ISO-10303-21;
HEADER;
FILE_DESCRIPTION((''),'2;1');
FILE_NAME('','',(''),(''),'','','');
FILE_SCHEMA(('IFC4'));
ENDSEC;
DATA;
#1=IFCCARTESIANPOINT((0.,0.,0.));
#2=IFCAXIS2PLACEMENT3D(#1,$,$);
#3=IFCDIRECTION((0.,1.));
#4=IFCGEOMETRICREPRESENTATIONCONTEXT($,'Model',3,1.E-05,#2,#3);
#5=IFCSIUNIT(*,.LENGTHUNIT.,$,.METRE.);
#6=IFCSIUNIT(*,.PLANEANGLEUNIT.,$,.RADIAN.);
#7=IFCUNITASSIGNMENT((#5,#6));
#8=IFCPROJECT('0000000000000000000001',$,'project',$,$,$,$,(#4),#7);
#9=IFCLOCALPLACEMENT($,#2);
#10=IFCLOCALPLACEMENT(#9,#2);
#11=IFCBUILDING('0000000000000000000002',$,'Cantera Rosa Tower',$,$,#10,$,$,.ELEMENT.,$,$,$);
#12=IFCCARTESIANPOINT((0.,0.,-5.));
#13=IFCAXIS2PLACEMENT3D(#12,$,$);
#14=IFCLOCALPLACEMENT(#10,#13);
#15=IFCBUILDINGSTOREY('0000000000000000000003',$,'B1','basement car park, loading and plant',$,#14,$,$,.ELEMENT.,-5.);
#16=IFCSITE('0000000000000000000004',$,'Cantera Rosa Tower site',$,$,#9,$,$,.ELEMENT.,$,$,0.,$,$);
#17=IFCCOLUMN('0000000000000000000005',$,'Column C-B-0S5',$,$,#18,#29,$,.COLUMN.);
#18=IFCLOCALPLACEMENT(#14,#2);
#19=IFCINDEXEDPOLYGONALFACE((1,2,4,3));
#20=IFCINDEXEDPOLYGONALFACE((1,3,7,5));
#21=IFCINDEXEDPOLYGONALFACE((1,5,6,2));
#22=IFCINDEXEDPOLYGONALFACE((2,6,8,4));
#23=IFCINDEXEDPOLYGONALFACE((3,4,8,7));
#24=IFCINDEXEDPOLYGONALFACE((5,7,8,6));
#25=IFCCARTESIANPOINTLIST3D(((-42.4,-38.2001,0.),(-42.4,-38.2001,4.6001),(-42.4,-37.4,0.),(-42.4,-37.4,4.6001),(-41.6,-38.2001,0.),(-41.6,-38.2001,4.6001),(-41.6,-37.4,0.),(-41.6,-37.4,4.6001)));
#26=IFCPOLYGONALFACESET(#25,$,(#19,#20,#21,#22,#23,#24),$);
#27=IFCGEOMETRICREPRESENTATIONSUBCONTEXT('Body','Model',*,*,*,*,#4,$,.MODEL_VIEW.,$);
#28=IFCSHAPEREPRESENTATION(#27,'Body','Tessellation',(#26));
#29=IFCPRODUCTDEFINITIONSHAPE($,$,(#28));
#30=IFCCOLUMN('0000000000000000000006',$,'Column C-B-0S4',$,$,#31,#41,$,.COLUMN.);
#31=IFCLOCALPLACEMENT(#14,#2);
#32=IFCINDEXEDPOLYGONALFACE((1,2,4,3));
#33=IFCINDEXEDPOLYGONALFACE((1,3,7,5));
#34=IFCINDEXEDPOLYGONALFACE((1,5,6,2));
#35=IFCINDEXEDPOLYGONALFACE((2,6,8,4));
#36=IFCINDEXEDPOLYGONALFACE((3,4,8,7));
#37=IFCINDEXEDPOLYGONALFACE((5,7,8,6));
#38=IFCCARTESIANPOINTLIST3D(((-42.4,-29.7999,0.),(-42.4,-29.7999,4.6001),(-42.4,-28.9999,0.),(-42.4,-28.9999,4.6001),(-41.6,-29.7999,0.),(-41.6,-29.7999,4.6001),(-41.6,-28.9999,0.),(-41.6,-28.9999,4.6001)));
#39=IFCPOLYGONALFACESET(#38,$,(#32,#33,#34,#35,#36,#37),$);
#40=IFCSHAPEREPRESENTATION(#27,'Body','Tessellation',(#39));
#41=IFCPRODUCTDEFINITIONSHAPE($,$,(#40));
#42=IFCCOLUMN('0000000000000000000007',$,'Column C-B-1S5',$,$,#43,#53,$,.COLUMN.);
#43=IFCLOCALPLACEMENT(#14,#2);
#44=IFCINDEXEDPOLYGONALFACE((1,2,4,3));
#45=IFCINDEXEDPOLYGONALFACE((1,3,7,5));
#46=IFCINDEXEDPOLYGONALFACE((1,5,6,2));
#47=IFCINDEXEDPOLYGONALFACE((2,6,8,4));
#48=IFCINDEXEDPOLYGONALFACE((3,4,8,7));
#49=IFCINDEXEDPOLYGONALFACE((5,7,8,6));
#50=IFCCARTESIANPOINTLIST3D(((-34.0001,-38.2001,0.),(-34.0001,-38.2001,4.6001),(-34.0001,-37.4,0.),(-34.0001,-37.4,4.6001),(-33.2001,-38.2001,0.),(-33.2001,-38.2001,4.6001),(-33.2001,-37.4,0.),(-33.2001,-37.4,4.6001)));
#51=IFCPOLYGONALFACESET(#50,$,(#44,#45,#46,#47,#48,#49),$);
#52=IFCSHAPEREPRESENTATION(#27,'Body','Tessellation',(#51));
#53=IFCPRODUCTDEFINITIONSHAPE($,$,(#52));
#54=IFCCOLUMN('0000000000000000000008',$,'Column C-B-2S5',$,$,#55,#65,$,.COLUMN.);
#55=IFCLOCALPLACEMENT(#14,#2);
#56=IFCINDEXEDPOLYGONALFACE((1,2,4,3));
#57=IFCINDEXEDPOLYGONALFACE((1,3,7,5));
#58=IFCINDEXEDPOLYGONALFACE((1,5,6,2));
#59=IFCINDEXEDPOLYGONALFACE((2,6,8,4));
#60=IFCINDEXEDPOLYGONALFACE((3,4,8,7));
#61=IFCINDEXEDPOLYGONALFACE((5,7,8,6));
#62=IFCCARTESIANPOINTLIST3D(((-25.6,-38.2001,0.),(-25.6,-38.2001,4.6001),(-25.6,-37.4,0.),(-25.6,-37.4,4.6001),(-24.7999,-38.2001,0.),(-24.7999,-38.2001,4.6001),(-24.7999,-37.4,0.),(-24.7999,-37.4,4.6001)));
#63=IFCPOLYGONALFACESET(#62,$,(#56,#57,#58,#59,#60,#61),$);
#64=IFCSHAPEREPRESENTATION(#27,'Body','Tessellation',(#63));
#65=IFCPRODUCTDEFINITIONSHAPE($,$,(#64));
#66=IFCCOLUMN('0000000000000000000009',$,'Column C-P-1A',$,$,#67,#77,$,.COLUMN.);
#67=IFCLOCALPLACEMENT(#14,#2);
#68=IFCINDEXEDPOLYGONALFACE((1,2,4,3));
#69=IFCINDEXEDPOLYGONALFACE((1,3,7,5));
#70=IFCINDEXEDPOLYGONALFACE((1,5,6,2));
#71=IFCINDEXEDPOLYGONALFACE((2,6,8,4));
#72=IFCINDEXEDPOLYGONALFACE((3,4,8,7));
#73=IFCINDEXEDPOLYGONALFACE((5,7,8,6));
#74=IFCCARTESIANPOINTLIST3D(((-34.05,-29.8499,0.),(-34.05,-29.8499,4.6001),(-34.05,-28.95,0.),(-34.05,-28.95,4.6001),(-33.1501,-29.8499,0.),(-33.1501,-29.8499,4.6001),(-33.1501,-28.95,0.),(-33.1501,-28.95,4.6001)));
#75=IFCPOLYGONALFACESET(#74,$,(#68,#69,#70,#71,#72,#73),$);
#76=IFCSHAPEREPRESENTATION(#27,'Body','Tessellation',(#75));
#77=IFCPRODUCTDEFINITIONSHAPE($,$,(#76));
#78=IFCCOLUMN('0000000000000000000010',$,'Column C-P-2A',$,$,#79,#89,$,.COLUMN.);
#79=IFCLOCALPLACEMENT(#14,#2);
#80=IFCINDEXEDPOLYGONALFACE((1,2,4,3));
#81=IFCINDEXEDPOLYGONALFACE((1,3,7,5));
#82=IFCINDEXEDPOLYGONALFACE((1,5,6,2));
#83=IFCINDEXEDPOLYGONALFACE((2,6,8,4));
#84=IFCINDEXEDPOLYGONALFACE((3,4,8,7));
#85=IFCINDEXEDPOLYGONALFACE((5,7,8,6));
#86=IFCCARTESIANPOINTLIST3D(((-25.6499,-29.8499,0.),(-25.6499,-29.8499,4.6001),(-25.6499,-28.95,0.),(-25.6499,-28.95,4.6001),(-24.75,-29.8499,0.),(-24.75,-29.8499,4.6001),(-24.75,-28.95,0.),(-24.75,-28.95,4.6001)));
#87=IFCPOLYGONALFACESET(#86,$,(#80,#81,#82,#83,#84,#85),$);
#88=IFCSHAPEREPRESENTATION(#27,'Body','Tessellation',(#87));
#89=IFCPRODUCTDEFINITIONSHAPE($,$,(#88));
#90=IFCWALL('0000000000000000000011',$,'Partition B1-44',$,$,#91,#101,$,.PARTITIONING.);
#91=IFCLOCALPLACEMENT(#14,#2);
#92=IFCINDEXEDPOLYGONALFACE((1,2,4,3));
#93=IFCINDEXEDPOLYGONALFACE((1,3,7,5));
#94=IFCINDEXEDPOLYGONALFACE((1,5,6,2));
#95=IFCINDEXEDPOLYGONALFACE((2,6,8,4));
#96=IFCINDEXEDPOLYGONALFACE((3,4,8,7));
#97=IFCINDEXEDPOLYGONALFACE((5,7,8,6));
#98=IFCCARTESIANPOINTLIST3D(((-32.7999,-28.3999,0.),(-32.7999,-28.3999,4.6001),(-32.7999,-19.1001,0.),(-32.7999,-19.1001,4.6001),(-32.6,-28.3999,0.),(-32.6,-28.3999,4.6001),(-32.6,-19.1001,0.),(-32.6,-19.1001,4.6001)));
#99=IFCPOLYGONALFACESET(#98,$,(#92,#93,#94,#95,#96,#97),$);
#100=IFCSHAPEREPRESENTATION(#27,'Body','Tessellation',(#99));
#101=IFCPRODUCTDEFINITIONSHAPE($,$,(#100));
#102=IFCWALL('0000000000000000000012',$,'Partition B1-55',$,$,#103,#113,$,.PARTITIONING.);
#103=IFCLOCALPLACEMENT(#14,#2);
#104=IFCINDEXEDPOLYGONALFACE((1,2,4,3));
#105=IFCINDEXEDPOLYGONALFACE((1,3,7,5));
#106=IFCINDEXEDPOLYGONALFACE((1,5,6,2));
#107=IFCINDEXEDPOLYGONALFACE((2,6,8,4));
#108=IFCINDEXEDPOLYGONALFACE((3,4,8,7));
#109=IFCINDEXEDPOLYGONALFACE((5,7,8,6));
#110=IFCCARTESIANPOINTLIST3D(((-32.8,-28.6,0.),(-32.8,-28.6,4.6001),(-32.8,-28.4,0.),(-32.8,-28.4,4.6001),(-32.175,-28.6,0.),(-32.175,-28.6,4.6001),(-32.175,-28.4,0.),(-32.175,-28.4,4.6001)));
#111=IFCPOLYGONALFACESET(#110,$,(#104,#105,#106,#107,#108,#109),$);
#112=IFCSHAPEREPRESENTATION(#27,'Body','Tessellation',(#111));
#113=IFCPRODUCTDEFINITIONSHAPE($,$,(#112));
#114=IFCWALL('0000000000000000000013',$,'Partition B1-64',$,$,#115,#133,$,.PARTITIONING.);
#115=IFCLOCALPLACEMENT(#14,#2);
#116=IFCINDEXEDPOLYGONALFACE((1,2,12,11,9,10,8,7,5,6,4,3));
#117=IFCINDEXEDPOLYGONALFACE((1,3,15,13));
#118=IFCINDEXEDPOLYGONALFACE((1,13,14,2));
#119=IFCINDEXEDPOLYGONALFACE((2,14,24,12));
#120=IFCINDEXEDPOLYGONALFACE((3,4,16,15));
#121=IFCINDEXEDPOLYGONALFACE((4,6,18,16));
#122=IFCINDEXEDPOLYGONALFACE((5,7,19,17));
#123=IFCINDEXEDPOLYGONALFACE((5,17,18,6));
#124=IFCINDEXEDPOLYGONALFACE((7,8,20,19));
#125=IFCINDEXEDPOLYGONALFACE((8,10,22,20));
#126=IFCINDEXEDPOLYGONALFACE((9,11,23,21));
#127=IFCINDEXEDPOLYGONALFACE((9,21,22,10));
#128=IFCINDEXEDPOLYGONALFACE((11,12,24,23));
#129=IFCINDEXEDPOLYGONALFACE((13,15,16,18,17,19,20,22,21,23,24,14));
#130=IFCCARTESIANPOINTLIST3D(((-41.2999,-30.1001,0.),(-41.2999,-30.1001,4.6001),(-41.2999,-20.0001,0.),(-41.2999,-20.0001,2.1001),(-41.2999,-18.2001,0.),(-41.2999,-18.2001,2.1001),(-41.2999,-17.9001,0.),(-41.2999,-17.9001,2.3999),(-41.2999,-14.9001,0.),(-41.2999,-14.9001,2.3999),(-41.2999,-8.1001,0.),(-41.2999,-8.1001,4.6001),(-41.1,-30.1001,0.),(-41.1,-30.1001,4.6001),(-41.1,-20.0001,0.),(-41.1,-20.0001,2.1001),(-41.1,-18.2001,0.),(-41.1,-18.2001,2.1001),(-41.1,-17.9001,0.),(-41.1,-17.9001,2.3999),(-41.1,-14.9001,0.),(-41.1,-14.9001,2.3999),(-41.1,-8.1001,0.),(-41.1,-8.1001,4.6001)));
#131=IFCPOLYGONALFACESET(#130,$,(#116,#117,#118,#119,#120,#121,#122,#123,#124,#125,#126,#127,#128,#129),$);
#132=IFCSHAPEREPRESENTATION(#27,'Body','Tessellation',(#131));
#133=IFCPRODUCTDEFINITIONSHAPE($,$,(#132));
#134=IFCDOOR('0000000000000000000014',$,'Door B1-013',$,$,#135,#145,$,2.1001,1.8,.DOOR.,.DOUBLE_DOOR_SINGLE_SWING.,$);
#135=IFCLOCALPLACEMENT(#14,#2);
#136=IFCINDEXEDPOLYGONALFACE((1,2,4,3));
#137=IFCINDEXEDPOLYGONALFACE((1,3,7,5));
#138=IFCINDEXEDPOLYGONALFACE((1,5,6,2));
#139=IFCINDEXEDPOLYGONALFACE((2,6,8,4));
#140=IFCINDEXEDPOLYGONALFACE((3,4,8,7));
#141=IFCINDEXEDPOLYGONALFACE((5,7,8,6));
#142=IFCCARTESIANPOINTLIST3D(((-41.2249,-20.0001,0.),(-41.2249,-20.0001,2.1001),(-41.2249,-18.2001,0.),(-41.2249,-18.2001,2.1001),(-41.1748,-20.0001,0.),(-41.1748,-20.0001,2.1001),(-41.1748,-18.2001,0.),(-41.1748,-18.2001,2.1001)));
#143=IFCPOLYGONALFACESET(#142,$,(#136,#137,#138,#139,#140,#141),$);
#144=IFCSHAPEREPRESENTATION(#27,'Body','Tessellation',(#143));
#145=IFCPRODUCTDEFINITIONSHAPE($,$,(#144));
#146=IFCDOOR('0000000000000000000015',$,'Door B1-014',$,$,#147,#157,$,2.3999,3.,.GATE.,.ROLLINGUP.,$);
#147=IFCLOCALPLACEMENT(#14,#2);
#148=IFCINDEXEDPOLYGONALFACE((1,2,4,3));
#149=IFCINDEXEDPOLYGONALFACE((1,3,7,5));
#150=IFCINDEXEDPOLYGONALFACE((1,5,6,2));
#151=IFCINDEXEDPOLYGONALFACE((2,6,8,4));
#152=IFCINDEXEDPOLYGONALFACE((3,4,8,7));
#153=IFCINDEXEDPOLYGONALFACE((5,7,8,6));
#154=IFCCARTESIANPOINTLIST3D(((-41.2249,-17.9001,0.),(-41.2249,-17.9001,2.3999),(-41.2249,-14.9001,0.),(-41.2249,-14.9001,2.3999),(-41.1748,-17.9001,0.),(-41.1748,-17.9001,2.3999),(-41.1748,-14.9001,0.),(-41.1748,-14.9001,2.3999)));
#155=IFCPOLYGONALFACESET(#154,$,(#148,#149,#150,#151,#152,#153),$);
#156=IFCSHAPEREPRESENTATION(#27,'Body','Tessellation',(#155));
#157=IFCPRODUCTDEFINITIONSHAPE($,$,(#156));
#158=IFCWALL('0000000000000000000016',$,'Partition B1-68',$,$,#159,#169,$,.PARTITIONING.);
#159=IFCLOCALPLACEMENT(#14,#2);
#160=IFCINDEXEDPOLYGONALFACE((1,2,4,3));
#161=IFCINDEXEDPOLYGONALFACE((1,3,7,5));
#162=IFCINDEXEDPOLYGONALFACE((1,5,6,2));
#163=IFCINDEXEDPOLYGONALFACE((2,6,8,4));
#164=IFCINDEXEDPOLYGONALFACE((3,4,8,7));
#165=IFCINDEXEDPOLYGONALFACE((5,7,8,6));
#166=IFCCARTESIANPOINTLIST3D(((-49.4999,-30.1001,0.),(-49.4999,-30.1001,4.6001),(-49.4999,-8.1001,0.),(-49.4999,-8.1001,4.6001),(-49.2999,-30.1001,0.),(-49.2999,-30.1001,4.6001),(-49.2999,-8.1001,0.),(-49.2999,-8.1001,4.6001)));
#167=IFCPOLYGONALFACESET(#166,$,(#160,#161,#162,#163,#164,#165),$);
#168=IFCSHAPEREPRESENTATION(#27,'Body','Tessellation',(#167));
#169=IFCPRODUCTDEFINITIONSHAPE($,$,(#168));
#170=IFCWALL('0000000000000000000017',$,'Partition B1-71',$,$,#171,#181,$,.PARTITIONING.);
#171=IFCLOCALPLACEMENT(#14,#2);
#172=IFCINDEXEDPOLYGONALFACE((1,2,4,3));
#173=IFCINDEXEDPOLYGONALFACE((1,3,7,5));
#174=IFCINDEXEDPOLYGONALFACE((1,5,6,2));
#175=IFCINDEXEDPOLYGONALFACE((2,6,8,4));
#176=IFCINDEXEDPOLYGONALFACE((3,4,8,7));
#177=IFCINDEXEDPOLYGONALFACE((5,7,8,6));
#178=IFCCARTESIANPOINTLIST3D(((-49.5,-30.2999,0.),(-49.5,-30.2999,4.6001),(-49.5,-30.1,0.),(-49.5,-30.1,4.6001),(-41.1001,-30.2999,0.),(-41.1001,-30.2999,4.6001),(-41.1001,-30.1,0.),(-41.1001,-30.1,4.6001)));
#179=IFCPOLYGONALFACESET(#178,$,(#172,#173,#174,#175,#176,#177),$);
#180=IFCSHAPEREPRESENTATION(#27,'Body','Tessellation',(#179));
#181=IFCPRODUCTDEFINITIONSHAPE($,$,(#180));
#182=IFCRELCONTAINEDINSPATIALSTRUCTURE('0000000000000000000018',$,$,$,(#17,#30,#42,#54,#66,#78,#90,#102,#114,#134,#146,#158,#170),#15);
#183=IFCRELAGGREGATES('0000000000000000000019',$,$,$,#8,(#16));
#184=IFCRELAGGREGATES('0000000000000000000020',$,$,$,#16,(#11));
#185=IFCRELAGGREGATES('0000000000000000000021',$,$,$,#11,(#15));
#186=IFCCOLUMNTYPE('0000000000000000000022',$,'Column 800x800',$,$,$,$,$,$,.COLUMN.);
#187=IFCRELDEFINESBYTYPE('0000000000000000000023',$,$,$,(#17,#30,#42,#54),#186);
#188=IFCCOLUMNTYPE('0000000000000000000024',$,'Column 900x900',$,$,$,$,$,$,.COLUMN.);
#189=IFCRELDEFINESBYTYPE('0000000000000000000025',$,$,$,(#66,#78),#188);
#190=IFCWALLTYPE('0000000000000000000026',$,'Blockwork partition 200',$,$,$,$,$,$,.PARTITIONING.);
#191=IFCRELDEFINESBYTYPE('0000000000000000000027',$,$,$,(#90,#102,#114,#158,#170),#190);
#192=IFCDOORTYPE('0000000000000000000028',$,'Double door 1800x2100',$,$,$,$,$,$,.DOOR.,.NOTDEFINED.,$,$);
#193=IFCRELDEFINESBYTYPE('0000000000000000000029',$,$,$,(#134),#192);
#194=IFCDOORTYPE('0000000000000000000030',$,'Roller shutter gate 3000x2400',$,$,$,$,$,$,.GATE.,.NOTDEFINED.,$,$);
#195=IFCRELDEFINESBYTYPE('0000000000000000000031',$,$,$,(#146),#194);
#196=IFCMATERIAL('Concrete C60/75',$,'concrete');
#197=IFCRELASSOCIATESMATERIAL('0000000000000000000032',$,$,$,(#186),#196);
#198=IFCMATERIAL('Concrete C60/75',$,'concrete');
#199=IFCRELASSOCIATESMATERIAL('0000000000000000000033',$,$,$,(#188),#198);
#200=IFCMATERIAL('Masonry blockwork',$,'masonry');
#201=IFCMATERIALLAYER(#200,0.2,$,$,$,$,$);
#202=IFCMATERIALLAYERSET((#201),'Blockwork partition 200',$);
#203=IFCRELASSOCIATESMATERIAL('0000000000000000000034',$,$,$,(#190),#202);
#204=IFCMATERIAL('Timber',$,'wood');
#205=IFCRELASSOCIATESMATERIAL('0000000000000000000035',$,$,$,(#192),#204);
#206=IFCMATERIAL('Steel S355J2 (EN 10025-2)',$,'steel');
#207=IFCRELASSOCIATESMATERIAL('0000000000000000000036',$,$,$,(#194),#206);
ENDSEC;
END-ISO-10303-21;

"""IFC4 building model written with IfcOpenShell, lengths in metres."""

from ifc_helpers import new_model, si_unit, direction, frame, frame_2d, origin, origin_2d, place, context, subcontext, project, spatial, rectangle, extrude, material, layer, layer_set, material_profile, profile_set, type_object, element, fill, save


model = new_model("IFC4")

# Units and contexts
model_context = context("Model", 3, precision=1e-05, world=origin(), true_north=direction((0.0, 1.0)))
body_context = subcontext(model_context, "Body", "Model", "MODEL_VIEW")
ifc_project = project(units=[si_unit("LENGTHUNIT", "METRE"), si_unit("PLANEANGLEUNIT", "RADIAN")], contexts=[model_context])

# Site, building, storey
site_placement = place(None, origin())
site = spatial("IfcSite", under=ifc_project, at=site_placement, Name="Cantera Rosa Tower site", CompositionType="ELEMENT", RefElevation=0.0)
building_placement = place(site_placement, origin())
building = spatial("IfcBuilding", under=site, at=building_placement, Name="Cantera Rosa Tower", CompositionType="ELEMENT")
storey_placement = place(building_placement, frame((0.0, 0.0, -5.0)))
storey = spatial("IfcBuildingStorey", under=building, at=storey_placement, Name="B1", Description="basement car park, loading and plant", CompositionType="ELEMENT", Elevation=-5.0)

# Columns
ifc_material_1 = material(Name="Concrete C60/75", Category="concrete")
ifc_material_profile_1 = material_profile(ifc_material_1, rectangle(XDim=0.8, YDim=0.8, at=origin_2d()), Name="Column 800x800")
ifc_profile_set_1 = profile_set([ifc_material_profile_1], Name="Concrete C60/75")
column_type_1 = type_object("IfcColumnType", Name="Column 800x800", PredefinedType="COLUMN", material=ifc_profile_set_1)
for number, where, z_axis, x_axis, name in (
    (1, (-42.0, -37.8, 0.0), (0.0, 0.0, 1.0), (1.0, 0.0, 0.0), "Column C-B-0S5"),
    (2, (-42.0, -29.3999, 0.0), (0.0, 0.0, 1.0), (1.0, 0.0, 0.0), "Column C-B-0S4"),
    (3, (-33.6001, -37.8, 0.0), (0.0, 0.0, 1.0), (1.0, 0.0, 0.0), "Column C-B-1S5"),
    (4, (-25.2, -37.8, 0.0), (0.0, 0.0, 1.0), (1.0, 0.0, 0.0), "Column C-B-2S5"),
):
    element("IfcColumn", number, at=place(storey_placement, frame(where, z_axis=z_axis, x_axis=x_axis)), inside=storey, type_object=column_type_1, Name=name, PredefinedType="COLUMN", context=body_context, shape_type="SweptSolid", body=[
        extrude(rectangle(XDim=0.8, YDim=0.8, at=origin_2d()), origin(), (0.0, 0.0, 1.0), 4.6001),
    ])
ifc_material_2 = material(Name="Concrete C60/75", Category="concrete")
ifc_material_profile_2 = material_profile(ifc_material_2, rectangle(XDim=0.8999, YDim=0.8999, at=origin_2d()), Name="Column 900x900")
ifc_profile_set_2 = profile_set([ifc_material_profile_2], Name="Concrete C60/75")
column_type_2 = type_object("IfcColumnType", Name="Column 900x900", PredefinedType="COLUMN", material=ifc_profile_set_2)
for number, where, z_axis, x_axis, name in (
    (5, (-33.6001, -29.3999, 0.0), (0.0, 0.0, 1.0), (1.0, 0.0, 0.0), "Column C-P-1A"),
    (6, (-25.2, -29.3999, 0.0), (0.0, 0.0, 1.0), (1.0, 0.0, 0.0), "Column C-P-2A"),
):
    element("IfcColumn", number, at=place(storey_placement, frame(where, z_axis=z_axis, x_axis=x_axis)), inside=storey, type_object=column_type_2, Name=name, PredefinedType="COLUMN", context=body_context, shape_type="SweptSolid", body=[
        extrude(rectangle(XDim=0.8999, YDim=0.8999, at=origin_2d()), origin(), (0.0, 0.0, 1.0), 4.6001),
    ])

# Walls
ifc_material_3 = material(Name="Masonry blockwork", Category="masonry")
ifc_layer_1 = layer(ifc_material_3, 0.2)
ifc_layer_set_1 = layer_set([ifc_layer_1], Name="Blockwork partition 200")
wall_type_1 = type_object("IfcWallType", Name="Blockwork partition 200", PredefinedType="PARTITIONING", material=ifc_layer_set_1)
wall_1_placement = place(storey_placement, frame((-32.7, -28.3999, 0.0), z_axis=(0.0, 0.0, 1.0), x_axis=(0.0, 1.0, 0.0)))
element("IfcWall", 7, at=wall_1_placement, inside=storey, type_object=wall_type_1, Name="Partition B1-44", PredefinedType="PARTITIONING", context=body_context, shape_type="SweptSolid", body=[
    extrude(rectangle(XDim=9.2998, YDim=0.2, at=frame_2d((4.6499, 0.0))), origin(), (0.0, 0.0, 1.0), 4.6001),
])
wall_2_placement = place(storey_placement, frame((-32.8, -28.5, 0.0), z_axis=(0.0, 0.0, 1.0), x_axis=(1.0, 0.0, 0.0)))
element("IfcWall", 8, at=wall_2_placement, inside=storey, type_object=wall_type_1, Name="Partition B1-55", PredefinedType="PARTITIONING", context=body_context, shape_type="SweptSolid", body=[
    extrude(rectangle(XDim=0.625, YDim=0.2, at=frame_2d((0.3125, 0.0))), origin(), (0.0, 0.0, 1.0), 4.6001),
])

# Wall, openings, doors
wall_3_placement = place(storey_placement, frame((-41.2, -30.1001, 0.0), z_axis=(0.0, 0.0, 1.0), x_axis=(0.0, 1.0, 0.0)))
wall_3 = element("IfcWall", 9, at=wall_3_placement, inside=storey, type_object=wall_type_1, Name="Partition B1-64", PredefinedType="PARTITIONING", context=body_context, shape_type="SweptSolid", body=[
    extrude(rectangle(XDim=22.0, YDim=0.2, at=frame_2d((11.0, 0.0))), origin(), (0.0, 0.0, 1.0), 4.6001),
])
opening_1_placement = place(wall_3_placement, frame((10.1001, 0.0, 0.0)))
opening_1 = element("IfcOpeningElement", 10, at=opening_1_placement, cuts=wall_3, PredefinedType="OPENING", context=body_context, shape_type="SweptSolid", body=[
    extrude(rectangle(XDim=1.8, YDim=2.1001, at=frame_2d((0.8999, 1.05))), frame((0.0, 0.1099, 0.0), z_axis=(0.0, -1.0, 0.0), x_axis=(1.0, 0.0, 0.0)), (0.0, 0.0, 1.0), 0.22),
])
opening_2_placement = place(wall_3_placement, frame((12.2, 0.0, 0.0)))
opening_2 = element("IfcOpeningElement", 11, at=opening_2_placement, cuts=wall_3, PredefinedType="OPENING", context=body_context, shape_type="SweptSolid", body=[
    extrude(rectangle(XDim=3.0, YDim=2.3999, at=frame_2d((1.5, 1.2))), frame((0.0, 0.1099, 0.0), z_axis=(0.0, -1.0, 0.0), x_axis=(1.0, 0.0, 0.0)), (0.0, 0.0, 1.0), 0.22),
])
ifc_material_4 = material(Name="Timber", Category="wood")
door_type_1 = type_object("IfcDoorType", Name="Double door 1800x2100", OperationType="NOTDEFINED", PredefinedType="DOOR", material=ifc_material_4)
door_1_placement = place(opening_1_placement, origin())
door_1 = element("IfcDoor", 12, at=door_1_placement, inside=storey, type_object=door_type_1, Name="Door B1-013", OperationType="DOUBLE_DOOR_SINGLE_SWING", OverallHeight=2.1001, OverallWidth=1.8, PredefinedType="DOOR", context=body_context, shape_type="SweptSolid", body=[
    extrude(rectangle(XDim=1.8, YDim=2.1001, at=frame_2d((0.8999, 1.05))), frame((0.0, 0.0249, 0.0), z_axis=(0.0, -1.0, 0.0), x_axis=(1.0, 0.0, 0.0)), (0.0, 0.0, 1.0), 0.05),
])
fill(opening_1, door_1)
ifc_material_5 = material(Name="Steel S355J2 (EN 10025-2)", Category="steel")
door_type_2 = type_object("IfcDoorType", Name="Roller shutter gate 3000x2400", OperationType="NOTDEFINED", PredefinedType="GATE", material=ifc_material_5)
door_2_placement = place(opening_2_placement, origin())
door_2 = element("IfcDoor", 13, at=door_2_placement, inside=storey, type_object=door_type_2, Name="Door B1-014", OperationType="ROLLINGUP", OverallHeight=2.3999, OverallWidth=3.0, PredefinedType="GATE", context=body_context, shape_type="SweptSolid", body=[
    extrude(rectangle(XDim=3.0, YDim=2.3999, at=frame_2d((1.5, 1.2))), frame((0.0, 0.0249, 0.0), z_axis=(0.0, -1.0, 0.0), x_axis=(1.0, 0.0, 0.0)), (0.0, 0.0, 1.0), 0.05),
])
fill(opening_2, door_2)

# Walls
wall_4_placement = place(storey_placement, frame((-49.3999, -30.1001, 0.0), z_axis=(0.0, 0.0, 1.0), x_axis=(0.0, 1.0, 0.0)))
element("IfcWall", 14, at=wall_4_placement, inside=storey, type_object=wall_type_1, Name="Partition B1-68", PredefinedType="PARTITIONING", context=body_context, shape_type="SweptSolid", body=[
    extrude(rectangle(XDim=22.0, YDim=0.2, at=frame_2d((11.0, 0.0))), origin(), (0.0, 0.0, 1.0), 4.6001),
])
wall_5_placement = place(storey_placement, frame((-49.5, -30.2, 0.0), z_axis=(0.0, 0.0, 1.0), x_axis=(1.0, 0.0, 0.0)))
element("IfcWall", 15, at=wall_5_placement, inside=storey, type_object=wall_type_1, Name="Partition B1-71", PredefinedType="PARTITIONING", context=body_context, shape_type="SweptSolid", body=[
    extrude(rectangle(XDim=8.3999, YDim=0.2, at=frame_2d((4.2, 0.0))), origin(), (0.0, 0.0, 1.0), 4.6001),
])

save(model, "model.ifc")
